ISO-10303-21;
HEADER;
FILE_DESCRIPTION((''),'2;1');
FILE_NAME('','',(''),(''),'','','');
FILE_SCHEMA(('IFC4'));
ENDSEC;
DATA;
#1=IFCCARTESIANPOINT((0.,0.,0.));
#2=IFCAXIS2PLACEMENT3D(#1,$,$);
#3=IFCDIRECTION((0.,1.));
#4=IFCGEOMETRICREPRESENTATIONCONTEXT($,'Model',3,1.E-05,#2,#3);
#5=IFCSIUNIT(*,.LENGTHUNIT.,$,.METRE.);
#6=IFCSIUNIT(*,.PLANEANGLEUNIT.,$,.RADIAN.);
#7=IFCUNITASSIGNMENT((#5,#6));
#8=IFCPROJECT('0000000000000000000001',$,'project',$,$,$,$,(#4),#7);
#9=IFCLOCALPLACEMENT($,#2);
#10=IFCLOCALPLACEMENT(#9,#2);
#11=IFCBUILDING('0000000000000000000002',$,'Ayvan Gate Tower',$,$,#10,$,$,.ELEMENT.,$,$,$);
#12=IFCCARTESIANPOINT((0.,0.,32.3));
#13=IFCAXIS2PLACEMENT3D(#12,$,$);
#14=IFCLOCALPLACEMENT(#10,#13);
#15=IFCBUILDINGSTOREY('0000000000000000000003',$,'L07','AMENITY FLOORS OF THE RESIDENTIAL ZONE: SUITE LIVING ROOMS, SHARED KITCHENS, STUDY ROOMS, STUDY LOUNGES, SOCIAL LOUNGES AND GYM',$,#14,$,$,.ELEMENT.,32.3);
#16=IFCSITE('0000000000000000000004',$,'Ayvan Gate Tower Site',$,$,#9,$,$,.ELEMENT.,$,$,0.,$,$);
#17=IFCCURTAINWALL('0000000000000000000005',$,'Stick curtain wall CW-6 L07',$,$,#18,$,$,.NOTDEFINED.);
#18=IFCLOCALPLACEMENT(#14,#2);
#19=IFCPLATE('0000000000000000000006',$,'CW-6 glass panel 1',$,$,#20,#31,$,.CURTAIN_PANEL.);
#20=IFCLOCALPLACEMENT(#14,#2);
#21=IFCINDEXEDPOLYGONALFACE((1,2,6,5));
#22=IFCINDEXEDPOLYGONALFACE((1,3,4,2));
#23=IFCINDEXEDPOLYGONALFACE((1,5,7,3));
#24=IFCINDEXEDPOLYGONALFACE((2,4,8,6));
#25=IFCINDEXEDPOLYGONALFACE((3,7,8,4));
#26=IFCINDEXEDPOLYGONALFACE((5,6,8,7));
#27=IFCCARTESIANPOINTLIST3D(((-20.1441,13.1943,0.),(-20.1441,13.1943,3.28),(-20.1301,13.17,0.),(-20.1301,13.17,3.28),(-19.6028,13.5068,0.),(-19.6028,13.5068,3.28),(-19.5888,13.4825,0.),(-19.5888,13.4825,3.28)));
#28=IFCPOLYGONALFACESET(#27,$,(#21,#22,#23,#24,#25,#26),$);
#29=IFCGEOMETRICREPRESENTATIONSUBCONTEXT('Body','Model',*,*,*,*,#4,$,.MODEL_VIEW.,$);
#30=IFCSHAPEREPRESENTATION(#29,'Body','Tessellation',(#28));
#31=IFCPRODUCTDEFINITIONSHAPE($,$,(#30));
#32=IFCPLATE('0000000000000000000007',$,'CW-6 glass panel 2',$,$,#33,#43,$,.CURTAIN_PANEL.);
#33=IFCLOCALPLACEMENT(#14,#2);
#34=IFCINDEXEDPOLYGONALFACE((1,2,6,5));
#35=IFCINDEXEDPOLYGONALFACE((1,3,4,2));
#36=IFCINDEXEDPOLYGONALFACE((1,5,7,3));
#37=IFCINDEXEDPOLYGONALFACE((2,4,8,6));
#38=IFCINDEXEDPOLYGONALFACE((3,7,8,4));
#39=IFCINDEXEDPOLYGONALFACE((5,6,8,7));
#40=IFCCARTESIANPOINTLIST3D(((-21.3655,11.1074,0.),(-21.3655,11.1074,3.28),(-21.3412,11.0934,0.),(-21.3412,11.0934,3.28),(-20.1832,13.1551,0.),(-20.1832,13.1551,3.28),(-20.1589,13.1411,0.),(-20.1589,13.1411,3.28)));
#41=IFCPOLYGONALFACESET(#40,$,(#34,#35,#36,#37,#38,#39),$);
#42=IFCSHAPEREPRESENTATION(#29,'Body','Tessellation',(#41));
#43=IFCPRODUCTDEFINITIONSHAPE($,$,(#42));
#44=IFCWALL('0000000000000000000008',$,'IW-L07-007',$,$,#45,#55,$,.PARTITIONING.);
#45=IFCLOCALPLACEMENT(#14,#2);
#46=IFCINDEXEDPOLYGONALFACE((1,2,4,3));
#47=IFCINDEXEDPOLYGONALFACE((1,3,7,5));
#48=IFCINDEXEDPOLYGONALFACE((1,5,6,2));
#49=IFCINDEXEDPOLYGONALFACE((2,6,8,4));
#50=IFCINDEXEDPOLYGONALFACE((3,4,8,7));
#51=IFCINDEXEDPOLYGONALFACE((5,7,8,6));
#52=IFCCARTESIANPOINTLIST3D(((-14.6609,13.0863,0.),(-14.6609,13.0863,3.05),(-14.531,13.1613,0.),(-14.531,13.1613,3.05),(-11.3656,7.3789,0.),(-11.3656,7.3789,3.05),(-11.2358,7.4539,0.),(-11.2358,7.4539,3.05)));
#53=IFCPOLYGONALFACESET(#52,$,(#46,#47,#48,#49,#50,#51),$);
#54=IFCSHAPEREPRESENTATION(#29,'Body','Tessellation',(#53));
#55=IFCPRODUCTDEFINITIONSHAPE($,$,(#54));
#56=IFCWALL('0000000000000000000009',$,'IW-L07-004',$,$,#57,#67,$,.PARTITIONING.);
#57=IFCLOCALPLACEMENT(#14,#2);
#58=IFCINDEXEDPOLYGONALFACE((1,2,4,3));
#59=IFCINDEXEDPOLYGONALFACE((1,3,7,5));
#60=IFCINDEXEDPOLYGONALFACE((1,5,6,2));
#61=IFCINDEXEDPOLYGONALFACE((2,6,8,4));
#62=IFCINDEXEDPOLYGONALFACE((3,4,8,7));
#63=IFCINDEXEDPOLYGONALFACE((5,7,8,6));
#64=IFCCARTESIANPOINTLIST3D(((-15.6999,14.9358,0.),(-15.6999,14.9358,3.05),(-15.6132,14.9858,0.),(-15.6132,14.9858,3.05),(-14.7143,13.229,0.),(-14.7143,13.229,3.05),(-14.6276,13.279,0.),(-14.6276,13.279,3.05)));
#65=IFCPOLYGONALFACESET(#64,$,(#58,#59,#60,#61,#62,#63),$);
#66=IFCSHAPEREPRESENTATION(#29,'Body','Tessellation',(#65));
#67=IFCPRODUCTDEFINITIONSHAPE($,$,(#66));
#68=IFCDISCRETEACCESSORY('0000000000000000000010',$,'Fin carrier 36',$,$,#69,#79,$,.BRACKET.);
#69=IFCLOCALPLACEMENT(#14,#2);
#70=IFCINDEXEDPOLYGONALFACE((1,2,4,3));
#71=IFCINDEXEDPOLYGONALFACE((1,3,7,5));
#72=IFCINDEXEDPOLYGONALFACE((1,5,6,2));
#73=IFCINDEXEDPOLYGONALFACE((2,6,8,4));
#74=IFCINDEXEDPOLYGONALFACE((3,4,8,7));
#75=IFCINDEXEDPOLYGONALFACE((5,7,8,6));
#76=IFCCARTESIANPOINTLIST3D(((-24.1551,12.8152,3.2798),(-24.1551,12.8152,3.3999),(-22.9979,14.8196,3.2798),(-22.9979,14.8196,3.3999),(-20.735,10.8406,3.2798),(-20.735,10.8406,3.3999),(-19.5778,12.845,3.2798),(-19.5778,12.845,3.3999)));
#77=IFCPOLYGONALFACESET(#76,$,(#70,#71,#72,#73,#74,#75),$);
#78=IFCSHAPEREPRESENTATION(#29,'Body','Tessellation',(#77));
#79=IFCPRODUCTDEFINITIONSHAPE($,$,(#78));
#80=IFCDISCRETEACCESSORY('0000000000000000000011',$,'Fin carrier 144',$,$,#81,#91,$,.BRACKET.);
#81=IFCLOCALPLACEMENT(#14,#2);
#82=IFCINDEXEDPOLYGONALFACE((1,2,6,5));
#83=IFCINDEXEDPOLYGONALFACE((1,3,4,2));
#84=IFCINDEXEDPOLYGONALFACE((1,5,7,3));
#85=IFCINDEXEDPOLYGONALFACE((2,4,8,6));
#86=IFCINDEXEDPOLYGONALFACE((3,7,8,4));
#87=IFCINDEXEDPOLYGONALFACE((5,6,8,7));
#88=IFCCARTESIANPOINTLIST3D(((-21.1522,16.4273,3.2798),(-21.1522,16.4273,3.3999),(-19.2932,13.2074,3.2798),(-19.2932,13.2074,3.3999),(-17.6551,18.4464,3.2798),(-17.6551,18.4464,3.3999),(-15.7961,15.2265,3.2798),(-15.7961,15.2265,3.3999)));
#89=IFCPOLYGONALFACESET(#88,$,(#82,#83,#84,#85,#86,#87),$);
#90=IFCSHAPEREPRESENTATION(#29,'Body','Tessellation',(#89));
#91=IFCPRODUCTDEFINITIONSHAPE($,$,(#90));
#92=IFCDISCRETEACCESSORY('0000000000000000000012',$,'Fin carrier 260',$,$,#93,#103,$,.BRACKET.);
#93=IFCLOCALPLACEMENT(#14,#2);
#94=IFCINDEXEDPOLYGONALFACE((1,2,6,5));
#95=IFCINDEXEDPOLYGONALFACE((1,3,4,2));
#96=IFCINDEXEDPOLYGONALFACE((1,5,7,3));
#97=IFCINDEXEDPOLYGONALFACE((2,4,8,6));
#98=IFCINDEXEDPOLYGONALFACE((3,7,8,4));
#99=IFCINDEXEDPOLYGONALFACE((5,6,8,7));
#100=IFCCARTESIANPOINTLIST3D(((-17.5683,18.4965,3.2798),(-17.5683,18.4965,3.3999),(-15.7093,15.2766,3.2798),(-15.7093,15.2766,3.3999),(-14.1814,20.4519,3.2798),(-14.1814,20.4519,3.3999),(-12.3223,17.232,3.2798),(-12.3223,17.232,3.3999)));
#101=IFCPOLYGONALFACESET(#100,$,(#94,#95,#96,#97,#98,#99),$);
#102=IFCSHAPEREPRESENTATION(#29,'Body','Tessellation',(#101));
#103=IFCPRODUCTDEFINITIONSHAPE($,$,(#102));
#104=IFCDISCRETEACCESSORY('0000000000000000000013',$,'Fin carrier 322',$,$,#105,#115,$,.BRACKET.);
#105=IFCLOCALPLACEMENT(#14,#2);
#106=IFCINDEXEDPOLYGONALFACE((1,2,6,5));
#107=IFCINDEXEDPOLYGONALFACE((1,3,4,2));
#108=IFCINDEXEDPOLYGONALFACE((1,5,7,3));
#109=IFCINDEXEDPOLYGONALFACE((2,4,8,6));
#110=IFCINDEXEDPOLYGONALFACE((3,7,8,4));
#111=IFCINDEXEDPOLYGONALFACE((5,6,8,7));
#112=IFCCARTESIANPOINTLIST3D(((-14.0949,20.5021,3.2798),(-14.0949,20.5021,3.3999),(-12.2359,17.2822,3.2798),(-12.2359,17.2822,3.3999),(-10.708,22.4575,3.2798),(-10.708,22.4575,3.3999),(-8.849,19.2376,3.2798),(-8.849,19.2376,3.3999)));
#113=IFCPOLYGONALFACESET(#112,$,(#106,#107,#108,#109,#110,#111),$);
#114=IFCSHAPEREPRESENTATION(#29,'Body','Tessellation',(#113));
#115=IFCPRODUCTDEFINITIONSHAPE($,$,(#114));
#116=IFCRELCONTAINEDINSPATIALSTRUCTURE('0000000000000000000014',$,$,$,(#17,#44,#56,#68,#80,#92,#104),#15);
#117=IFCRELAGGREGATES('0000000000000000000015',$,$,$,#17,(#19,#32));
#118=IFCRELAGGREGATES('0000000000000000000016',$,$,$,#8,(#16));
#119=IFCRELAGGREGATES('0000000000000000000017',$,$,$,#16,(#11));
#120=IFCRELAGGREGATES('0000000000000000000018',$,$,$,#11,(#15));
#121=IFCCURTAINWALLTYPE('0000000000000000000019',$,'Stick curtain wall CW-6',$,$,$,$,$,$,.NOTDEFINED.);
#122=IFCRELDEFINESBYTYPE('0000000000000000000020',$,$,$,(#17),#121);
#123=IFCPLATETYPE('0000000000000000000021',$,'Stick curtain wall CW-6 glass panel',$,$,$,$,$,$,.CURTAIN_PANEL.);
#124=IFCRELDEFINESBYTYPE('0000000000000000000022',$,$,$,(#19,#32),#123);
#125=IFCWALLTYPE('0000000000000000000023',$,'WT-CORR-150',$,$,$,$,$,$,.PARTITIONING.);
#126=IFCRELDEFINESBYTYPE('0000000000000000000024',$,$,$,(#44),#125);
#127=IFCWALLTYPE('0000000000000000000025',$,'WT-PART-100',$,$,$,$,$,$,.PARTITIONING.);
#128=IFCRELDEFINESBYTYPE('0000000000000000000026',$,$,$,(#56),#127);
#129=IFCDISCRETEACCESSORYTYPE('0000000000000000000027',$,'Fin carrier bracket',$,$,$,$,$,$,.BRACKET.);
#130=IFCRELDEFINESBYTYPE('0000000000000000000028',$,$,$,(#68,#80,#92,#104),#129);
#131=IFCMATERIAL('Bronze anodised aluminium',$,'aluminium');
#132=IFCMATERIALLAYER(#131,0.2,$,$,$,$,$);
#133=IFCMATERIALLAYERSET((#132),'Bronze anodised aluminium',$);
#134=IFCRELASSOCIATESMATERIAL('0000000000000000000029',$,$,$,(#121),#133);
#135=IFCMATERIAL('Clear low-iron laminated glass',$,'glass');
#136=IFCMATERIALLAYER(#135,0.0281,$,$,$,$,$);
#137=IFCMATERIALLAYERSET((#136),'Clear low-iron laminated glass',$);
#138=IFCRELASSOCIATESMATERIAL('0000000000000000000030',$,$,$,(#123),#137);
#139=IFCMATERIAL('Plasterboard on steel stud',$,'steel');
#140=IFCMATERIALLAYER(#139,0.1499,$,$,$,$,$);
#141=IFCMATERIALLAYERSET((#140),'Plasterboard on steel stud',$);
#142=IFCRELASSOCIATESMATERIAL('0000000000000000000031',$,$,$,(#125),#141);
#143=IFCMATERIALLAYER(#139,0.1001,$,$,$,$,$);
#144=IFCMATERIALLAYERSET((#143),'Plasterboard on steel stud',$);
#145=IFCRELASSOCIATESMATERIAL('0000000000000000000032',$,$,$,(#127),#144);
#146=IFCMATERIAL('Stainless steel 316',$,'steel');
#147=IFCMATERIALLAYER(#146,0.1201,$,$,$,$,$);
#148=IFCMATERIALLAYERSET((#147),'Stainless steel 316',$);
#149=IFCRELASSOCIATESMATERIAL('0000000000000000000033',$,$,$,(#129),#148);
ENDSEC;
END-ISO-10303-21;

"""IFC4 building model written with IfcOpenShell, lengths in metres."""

from ifc_helpers import new_model, si_unit, direction, frame, frame_2d, origin, origin_2d, place, context, subcontext, project, spatial, rectangle, extrude, material, layer, layer_set, type_object, element, aggregate, save


model = new_model("IFC4")

# Units and contexts
model_context = context("Model", 3, precision=1e-05, world=origin(), true_north=direction((0.0, 1.0)))
body_context = subcontext(model_context, "Body", "Model", "MODEL_VIEW")
ifc_project = project(units=[si_unit("LENGTHUNIT", "METRE"), si_unit("PLANEANGLEUNIT", "RADIAN")], contexts=[model_context])

# Site, building, storey
site_placement = place(None, origin())
site = spatial("IfcSite", under=ifc_project, at=site_placement, Name="Ayvan Gate Tower Site", CompositionType="ELEMENT", RefElevation=0.0)
building_placement = place(site_placement, origin())
building = spatial("IfcBuilding", under=site, at=building_placement, Name="Ayvan Gate Tower", CompositionType="ELEMENT")
storey_placement = place(building_placement, frame((0.0, 0.0, 32.3)))
storey = spatial("IfcBuildingStorey", under=building, at=storey_placement, Name="L07", Description="AMENITY FLOORS OF THE RESIDENTIAL ZONE: SUITE LIVING ROOMS, SHARED KITCHENS, STUDY ROOMS, STUDY LOUNGES, SOCIAL LOUNGES AND GYM", CompositionType="ELEMENT", Elevation=32.3)

# Curtain wall
ifc_material_1 = material(Name="Bronze anodised aluminium", Category="aluminium")
ifc_layer_1 = layer(ifc_material_1, 0.2)
ifc_layer_set_1 = layer_set([ifc_layer_1], Name="Bronze anodised aluminium")
curtain_wall_type_1 = type_object("IfcCurtainWallType", Name="Stick curtain wall CW-6", PredefinedType="NOTDEFINED", material=ifc_layer_set_1)
curtain_wall_1_placement = place(storey_placement, origin())
curtain_wall_1 = element("IfcCurtainWall", 1, at=curtain_wall_1_placement, inside=storey, type_object=curtain_wall_type_1, Name="Stick curtain wall CW-6 L07", PredefinedType="NOTDEFINED")

# Plates
ifc_material_2 = material(Name="Clear low-iron laminated glass", Category="glass")
ifc_layer_2 = layer(ifc_material_2, 0.0281)
ifc_layer_set_2 = layer_set([ifc_layer_2], Name="Clear low-iron laminated glass")
plate_type_1 = type_object("IfcPlateType", Name="Stick curtain wall CW-6 glass panel", PredefinedType="CURTAIN_PANEL", material=ifc_layer_set_2)
plate_1_placement = place(storey_placement, frame((-19.8665, 13.3384, 0.0), z_axis=(0.0, 0.0, 1.0), x_axis=(-0.866025, -0.5, 0.0)))
plate_1 = element("IfcPlate", 2, at=plate_1_placement, type_object=plate_type_1, Name="CW-6 glass panel 1", PredefinedType="CURTAIN_PANEL", context=body_context, shape_type="SweptSolid", body=[
    extrude(rectangle(XDim=0.625, YDim=0.0281, at=origin_2d()), origin(), (0.0, 0.0, 1.0), 3.28),
])
plate_2_placement = place(storey_placement, frame((-20.7622, 12.1243, 0.0), z_axis=(0.0, 0.0, 1.0), x_axis=(-0.5, -0.866025, 0.0)))
plate_2 = element("IfcPlate", 3, at=plate_2_placement, type_object=plate_type_1, Name="CW-6 glass panel 2", PredefinedType="CURTAIN_PANEL", context=body_context, shape_type="SweptSolid", body=[
    extrude(rectangle(XDim=2.3645, YDim=0.0281, at=origin_2d()), origin(), (0.0, 0.0, 1.0), 3.28),
])
aggregate(curtain_wall_1, [plate_1, plate_2])

# Walls
ifc_material_3 = material(Name="Plasterboard on steel stud", Category="steel")
ifc_layer_3 = layer(ifc_material_3, 0.1499)
ifc_layer_set_3 = layer_set([ifc_layer_3], Name="Plasterboard on steel stud")
wall_type_1 = type_object("IfcWallType", Name="WT-CORR-150", PredefinedType="PARTITIONING", material=ifc_layer_set_3)
wall_1_placement = place(storey_placement, frame((-14.5959, 13.1238, 0.0), z_axis=(0.0, 0.0, 1.0), x_axis=(0.500008, -0.866021, 0.0)))
element("IfcWall", 4, at=wall_1_placement, inside=storey, type_object=wall_type_1, Name="IW-L07-007", PredefinedType="PARTITIONING", context=body_context, shape_type="SweptSolid", body=[
    extrude(rectangle(XDim=6.5903, YDim=0.1499, at=frame_2d((3.2952, 0.0))), origin(), (0.0, 0.0, 1.0), 3.05),
])
ifc_layer_4 = layer(ifc_material_3, 0.1001)
ifc_layer_set_4 = layer_set([ifc_layer_4], Name="Plasterboard on steel stud")
wall_type_2 = type_object("IfcWallType", Name="WT-PART-100", PredefinedType="PARTITIONING", material=ifc_layer_set_4)
wall_2_placement = place(storey_placement, frame((-15.6565, 14.9607, 0.0), z_axis=(0.0, 0.0, 1.0), x_axis=(0.500069, -0.865985, 0.0)))
element("IfcWall", 5, at=wall_2_placement, inside=storey, type_object=wall_type_2, Name="IW-L07-004", PredefinedType="PARTITIONING", context=body_context, shape_type="SweptSolid", body=[
    extrude(rectangle(XDim=1.9709, YDim=0.1001, at=frame_2d((0.9854, 0.0))), origin(), (0.0, 0.0, 1.0), 3.05),
])

# Discrete accessories
ifc_material_4 = material(Name="Stainless steel 316", Category="steel")
ifc_layer_5 = layer(ifc_material_4, 0.1201)
ifc_layer_set_5 = layer_set([ifc_layer_5], Name="Stainless steel 316")
discrete_accessory_type = type_object("IfcDiscreteAccessoryType", Name="Fin carrier bracket", PredefinedType="BRACKET", material=ifc_layer_set_5)
discrete_accessory_1_placement = place(storey_placement, frame((-21.8665, 12.8301, 3.2798), z_axis=(0.0, 0.0, 1.0), x_axis=(-0.5, -0.866025, 0.0)))
element("IfcDiscreteAccessory", 6, at=discrete_accessory_1_placement, inside=storey, type_object=discrete_accessory_type, Name="Fin carrier 36", PredefinedType="BRACKET", context=body_context, shape_type="SweptSolid", body=[
    extrude(rectangle(XDim=2.3145, YDim=3.9492, at=origin_2d()), origin(), (0.0, 0.0, 1.0), 0.1201),
])
discrete_accessory_2_placement = place(storey_placement, frame((-18.4741, 15.8269, 3.2798), z_axis=(0.0, 0.0, 1.0), x_axis=(-0.866025, -0.5, 0.0)))
element("IfcDiscreteAccessory", 7, at=discrete_accessory_2_placement, inside=storey, type_object=discrete_accessory_type, Name="Fin carrier 144", PredefinedType="BRACKET", context=body_context, shape_type="SweptSolid", body=[
    extrude(rectangle(XDim=4.0381, YDim=3.718, at=origin_2d()), origin(), (0.0, 0.0, 1.0), 0.1201),
])
for number, where, z_axis, x_axis, name in (
    (8, (-14.9453, 17.8643, 3.2798), (0.0, 0.0, 1.0), (-0.866025, -0.5, 0.0), "Fin carrier 260"),
    (9, (-11.4719, 19.8699, 3.2798), (0.0, 0.0, 1.0), (-0.866025, -0.5, 0.0), "Fin carrier 322"),
):
    element("IfcDiscreteAccessory", number, at=place(storey_placement, frame(where, z_axis=z_axis, x_axis=x_axis)), inside=storey, type_object=discrete_accessory_type, Name=name, PredefinedType="BRACKET", context=body_context, shape_type="SweptSolid", body=[
        extrude(rectangle(XDim=3.9109, YDim=3.718, at=origin_2d()), origin(), (0.0, 0.0, 1.0), 0.1201),
    ])

save(model, "model.ifc")
